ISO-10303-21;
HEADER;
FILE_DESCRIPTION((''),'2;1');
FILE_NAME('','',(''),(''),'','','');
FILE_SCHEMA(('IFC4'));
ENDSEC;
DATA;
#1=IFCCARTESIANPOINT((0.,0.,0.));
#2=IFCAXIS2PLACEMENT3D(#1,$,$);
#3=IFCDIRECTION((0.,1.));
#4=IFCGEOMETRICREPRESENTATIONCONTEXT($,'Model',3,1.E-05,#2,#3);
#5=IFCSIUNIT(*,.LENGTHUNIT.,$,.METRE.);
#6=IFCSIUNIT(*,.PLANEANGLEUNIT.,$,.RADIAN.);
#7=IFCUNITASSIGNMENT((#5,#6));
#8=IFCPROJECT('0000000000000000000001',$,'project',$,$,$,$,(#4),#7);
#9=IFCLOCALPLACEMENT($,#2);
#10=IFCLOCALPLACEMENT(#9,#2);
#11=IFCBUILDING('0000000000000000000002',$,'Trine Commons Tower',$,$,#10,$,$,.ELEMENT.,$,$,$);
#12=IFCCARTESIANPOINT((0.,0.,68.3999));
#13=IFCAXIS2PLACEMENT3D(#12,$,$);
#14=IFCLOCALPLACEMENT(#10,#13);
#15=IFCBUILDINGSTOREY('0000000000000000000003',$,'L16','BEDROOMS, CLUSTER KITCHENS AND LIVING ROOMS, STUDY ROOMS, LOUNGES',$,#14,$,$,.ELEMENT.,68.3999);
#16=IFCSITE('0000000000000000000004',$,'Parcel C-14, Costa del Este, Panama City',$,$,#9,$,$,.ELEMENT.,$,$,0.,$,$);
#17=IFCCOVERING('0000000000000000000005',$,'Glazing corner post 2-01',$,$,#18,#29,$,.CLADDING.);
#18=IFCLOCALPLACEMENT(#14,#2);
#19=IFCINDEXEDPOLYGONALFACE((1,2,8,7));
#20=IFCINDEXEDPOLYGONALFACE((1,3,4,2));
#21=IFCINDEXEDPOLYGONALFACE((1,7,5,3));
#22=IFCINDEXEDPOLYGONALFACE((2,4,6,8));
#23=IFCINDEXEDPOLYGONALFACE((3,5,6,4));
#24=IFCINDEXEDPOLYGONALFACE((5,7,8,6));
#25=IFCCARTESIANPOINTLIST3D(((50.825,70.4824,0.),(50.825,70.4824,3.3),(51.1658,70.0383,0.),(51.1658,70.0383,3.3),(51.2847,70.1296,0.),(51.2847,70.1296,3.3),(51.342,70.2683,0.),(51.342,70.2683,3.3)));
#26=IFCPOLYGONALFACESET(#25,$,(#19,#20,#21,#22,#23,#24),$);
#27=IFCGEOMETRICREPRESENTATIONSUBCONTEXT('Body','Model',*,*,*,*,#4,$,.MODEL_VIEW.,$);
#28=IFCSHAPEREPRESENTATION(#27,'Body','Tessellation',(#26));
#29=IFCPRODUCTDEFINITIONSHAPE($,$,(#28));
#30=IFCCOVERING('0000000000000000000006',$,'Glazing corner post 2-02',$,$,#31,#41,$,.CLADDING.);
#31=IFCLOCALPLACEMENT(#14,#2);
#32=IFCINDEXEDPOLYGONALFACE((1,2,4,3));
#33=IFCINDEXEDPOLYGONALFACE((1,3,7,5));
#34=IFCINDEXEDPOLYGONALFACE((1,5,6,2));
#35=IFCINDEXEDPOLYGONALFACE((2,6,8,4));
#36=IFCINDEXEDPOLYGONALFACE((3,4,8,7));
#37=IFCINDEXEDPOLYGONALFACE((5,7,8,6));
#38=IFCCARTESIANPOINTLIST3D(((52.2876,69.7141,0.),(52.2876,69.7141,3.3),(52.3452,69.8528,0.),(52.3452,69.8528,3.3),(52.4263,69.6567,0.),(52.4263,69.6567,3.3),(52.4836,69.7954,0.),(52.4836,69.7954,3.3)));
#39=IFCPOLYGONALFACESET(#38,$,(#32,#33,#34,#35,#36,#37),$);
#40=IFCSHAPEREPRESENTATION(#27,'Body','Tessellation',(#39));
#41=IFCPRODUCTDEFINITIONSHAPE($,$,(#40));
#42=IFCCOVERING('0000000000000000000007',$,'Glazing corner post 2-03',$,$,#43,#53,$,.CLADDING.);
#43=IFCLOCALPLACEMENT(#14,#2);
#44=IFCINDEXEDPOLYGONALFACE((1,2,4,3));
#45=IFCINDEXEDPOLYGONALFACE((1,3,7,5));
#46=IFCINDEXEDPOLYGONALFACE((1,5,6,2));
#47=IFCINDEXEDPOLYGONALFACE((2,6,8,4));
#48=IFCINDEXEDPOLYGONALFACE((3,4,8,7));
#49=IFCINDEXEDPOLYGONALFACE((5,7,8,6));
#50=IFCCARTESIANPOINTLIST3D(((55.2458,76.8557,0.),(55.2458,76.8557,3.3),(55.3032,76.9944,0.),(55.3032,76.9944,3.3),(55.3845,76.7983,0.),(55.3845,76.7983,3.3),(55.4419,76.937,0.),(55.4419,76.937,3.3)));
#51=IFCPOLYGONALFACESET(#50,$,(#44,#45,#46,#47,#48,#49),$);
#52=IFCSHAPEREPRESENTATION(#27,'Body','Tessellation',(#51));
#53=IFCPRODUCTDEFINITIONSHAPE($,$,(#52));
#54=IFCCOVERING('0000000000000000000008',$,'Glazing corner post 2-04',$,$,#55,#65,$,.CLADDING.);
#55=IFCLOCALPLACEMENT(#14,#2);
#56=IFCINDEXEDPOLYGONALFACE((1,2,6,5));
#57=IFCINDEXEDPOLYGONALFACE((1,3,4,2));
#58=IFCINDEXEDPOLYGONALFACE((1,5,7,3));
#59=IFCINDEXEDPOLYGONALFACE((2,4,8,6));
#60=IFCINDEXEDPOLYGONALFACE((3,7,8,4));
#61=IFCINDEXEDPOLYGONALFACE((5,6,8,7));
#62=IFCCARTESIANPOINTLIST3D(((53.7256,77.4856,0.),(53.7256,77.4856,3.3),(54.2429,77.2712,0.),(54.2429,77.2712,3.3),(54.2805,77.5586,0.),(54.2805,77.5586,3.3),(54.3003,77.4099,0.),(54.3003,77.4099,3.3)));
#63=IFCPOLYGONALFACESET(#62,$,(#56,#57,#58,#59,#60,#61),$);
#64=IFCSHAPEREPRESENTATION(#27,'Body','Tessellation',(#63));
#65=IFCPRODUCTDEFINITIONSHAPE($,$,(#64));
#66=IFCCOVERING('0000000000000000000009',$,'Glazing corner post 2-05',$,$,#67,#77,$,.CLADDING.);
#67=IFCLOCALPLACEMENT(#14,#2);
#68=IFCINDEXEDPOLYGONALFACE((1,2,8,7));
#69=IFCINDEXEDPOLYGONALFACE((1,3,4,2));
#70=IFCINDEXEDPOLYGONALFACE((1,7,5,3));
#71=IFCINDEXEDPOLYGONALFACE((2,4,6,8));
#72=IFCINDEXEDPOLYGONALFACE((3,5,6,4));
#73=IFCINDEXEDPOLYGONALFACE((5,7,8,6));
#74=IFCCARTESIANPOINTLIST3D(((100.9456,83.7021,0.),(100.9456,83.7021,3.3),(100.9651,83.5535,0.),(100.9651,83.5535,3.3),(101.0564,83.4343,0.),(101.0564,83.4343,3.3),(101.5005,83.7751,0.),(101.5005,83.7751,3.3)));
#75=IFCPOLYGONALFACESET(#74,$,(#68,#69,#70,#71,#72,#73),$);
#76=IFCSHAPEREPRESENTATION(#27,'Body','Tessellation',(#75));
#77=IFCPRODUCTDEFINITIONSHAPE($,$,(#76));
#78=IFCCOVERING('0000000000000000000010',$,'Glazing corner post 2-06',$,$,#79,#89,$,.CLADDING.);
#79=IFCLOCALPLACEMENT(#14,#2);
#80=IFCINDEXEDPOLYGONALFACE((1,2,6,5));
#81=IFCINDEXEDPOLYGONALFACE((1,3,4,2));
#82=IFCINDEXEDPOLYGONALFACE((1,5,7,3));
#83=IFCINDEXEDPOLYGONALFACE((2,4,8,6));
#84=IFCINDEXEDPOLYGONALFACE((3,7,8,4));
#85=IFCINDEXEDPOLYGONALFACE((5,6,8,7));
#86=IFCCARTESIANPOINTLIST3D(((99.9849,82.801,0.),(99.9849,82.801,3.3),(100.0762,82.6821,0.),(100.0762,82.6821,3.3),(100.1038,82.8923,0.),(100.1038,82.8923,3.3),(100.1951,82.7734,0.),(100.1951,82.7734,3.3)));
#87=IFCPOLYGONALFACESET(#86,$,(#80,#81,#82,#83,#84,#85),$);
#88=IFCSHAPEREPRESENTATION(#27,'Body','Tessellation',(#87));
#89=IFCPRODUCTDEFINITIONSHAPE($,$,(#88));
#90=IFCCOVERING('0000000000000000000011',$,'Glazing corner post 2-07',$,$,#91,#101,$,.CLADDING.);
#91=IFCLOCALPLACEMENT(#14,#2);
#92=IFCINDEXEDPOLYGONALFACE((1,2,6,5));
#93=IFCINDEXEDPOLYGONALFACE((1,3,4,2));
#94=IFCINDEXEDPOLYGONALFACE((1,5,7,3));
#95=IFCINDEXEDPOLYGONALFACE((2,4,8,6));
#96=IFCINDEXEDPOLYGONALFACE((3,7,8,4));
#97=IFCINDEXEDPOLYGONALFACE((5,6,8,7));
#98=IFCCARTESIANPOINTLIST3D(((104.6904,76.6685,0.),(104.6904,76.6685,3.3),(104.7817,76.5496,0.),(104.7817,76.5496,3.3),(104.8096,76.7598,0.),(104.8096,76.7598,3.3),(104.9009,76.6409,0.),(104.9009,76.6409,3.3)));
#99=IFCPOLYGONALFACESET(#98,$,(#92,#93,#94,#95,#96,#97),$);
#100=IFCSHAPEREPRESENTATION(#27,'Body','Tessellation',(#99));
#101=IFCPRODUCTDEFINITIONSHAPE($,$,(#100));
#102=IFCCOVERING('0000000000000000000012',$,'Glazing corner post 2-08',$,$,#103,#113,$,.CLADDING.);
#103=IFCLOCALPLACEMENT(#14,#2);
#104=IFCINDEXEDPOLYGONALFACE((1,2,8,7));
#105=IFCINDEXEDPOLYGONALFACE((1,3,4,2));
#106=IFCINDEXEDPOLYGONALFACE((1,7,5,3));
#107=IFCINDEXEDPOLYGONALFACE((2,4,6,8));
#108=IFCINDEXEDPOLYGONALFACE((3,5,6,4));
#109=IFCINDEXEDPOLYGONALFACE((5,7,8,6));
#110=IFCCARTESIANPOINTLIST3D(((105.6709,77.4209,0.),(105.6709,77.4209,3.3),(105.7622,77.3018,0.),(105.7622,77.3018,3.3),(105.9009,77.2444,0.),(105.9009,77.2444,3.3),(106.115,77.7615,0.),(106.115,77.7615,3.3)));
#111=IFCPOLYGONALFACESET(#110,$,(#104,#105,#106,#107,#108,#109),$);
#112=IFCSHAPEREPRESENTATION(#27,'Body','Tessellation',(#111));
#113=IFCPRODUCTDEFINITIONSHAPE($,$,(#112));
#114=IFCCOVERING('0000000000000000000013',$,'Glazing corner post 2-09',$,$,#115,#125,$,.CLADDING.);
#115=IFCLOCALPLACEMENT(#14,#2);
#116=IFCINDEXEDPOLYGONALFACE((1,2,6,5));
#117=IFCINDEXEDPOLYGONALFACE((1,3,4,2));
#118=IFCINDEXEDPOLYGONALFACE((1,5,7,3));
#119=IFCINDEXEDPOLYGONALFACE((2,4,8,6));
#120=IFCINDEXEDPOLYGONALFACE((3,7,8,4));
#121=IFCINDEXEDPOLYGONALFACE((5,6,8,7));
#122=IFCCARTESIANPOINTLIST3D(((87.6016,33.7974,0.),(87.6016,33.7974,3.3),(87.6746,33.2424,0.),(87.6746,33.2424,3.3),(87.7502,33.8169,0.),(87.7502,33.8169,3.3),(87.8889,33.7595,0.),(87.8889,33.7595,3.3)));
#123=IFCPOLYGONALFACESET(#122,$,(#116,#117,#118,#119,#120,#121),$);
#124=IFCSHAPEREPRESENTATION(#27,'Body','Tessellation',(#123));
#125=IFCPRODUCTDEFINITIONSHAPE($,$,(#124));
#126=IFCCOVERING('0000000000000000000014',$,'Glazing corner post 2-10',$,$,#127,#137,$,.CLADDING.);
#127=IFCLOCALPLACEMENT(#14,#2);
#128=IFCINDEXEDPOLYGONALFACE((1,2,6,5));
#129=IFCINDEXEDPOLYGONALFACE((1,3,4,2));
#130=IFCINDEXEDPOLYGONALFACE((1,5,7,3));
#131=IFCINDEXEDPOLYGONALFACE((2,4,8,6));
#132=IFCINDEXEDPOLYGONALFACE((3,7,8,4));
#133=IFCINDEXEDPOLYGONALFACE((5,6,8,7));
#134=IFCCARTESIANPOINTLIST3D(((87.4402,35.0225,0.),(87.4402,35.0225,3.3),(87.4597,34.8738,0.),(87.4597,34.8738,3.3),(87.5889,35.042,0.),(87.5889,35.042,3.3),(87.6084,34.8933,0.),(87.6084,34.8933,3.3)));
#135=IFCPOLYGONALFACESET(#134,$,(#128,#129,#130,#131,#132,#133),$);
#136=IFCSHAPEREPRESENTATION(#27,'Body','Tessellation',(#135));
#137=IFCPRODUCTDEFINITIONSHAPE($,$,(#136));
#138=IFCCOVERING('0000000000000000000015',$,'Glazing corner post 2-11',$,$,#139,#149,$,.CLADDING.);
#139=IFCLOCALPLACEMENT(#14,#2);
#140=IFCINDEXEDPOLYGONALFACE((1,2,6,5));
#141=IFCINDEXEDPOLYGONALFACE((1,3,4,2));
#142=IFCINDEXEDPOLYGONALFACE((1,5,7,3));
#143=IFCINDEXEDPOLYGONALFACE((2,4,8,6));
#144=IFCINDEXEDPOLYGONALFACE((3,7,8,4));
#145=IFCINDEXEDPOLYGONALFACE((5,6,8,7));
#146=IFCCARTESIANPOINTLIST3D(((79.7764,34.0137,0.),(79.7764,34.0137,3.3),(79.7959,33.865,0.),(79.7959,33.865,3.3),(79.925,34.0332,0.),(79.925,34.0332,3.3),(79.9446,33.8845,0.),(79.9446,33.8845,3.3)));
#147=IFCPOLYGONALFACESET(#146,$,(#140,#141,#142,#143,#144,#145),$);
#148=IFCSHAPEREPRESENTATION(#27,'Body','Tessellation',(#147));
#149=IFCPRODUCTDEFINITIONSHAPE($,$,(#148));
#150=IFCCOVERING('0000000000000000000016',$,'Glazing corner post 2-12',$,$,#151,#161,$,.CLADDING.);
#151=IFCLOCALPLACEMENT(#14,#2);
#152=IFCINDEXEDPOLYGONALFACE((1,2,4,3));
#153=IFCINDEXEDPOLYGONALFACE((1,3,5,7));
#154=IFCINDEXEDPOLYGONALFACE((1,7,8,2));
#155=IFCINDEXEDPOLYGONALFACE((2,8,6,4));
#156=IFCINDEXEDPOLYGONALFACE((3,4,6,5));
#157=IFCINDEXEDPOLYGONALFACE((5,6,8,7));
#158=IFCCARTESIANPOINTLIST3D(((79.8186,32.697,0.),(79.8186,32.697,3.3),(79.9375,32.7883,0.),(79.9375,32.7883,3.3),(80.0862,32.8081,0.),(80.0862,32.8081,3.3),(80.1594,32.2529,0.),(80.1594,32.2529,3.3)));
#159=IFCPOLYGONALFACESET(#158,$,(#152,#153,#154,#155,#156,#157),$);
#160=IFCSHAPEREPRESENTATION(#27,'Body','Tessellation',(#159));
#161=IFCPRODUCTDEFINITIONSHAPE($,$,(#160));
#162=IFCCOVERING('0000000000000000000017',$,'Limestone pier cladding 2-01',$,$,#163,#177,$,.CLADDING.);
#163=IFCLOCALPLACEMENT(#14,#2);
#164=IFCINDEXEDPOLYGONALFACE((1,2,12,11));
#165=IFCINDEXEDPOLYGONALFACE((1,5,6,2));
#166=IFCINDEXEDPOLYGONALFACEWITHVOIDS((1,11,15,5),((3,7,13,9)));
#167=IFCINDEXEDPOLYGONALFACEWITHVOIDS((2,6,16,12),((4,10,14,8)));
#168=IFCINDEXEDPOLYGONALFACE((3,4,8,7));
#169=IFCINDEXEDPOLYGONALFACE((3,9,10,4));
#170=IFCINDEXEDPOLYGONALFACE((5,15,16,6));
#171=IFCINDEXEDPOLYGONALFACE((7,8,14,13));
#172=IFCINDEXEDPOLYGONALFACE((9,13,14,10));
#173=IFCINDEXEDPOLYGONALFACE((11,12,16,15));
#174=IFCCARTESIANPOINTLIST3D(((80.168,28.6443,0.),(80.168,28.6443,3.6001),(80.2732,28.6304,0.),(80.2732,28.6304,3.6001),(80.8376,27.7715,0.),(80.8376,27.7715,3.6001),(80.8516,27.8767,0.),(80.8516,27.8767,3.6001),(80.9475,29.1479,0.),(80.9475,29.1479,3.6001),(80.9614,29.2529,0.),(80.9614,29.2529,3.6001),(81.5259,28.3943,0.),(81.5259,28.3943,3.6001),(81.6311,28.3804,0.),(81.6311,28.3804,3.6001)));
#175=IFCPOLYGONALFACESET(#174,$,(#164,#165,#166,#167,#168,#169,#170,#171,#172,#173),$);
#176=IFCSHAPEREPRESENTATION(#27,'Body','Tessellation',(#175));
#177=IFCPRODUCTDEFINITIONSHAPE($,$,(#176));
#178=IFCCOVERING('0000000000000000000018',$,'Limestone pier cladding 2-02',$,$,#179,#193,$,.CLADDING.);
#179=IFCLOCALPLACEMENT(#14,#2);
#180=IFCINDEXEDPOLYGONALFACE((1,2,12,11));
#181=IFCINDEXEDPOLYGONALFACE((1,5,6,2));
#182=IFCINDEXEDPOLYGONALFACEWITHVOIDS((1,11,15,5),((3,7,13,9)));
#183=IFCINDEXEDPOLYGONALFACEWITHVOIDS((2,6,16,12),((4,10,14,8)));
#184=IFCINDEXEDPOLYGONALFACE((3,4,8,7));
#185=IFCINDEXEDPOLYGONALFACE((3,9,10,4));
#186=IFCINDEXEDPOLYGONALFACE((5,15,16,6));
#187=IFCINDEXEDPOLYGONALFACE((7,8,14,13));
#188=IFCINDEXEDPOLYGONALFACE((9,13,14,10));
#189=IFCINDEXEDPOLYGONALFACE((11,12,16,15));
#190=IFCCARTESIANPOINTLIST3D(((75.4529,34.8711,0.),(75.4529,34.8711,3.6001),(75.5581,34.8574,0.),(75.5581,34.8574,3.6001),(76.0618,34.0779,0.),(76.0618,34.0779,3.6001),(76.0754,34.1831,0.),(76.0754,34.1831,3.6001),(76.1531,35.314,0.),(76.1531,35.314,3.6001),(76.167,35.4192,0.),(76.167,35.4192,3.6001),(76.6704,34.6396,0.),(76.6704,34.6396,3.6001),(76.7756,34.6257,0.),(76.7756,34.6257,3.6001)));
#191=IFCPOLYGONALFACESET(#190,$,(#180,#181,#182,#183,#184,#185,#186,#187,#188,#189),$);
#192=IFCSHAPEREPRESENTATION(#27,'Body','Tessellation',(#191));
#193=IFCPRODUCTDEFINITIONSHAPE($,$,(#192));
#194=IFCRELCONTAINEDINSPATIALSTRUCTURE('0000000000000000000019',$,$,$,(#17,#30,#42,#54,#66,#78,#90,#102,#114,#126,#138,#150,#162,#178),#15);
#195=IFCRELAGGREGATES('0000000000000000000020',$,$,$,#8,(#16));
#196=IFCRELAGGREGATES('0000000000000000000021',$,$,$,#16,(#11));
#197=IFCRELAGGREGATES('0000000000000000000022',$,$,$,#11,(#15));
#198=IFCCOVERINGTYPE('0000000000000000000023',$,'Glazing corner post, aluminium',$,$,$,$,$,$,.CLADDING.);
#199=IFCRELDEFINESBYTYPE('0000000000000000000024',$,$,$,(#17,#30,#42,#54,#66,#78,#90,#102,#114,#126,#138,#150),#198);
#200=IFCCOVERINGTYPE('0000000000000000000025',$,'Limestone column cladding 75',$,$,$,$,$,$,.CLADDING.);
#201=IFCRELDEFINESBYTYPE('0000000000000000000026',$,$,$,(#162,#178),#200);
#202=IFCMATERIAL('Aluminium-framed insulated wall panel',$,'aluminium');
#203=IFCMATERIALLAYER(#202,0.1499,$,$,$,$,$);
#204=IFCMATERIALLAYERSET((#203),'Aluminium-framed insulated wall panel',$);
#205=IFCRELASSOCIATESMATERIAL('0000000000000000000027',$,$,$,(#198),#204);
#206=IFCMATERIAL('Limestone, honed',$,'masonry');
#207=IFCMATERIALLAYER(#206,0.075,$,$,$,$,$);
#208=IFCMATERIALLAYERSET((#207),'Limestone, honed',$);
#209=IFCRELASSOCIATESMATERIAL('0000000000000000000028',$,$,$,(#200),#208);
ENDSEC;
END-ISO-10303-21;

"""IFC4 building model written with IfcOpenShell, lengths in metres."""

from ifc_helpers import new_model, si_unit, direction, frame, origin, place, context, subcontext, project, spatial, polyline, outline, extrude, material, layer, layer_set, type_object, element, save


model = new_model("IFC4")

# Units and contexts
model_context = context("Model", 3, precision=1e-05, world=origin(), true_north=direction((0.0, 1.0)))
body_context = subcontext(model_context, "Body", "Model", "MODEL_VIEW")
ifc_project = project(units=[si_unit("LENGTHUNIT", "METRE"), si_unit("PLANEANGLEUNIT", "RADIAN")], contexts=[model_context])

# Site, building, storey
site_placement = place(None, origin())
site = spatial("IfcSite", under=ifc_project, at=site_placement, Name="Parcel C-14, Costa del Este, Panama City", CompositionType="ELEMENT", RefElevation=0.0)
building_placement = place(site_placement, origin())
building = spatial("IfcBuilding", under=site, at=building_placement, Name="Trine Commons Tower", CompositionType="ELEMENT")
storey_placement = place(building_placement, frame((0.0, 0.0, 68.3999)))
storey = spatial("IfcBuildingStorey", under=building, at=storey_placement, Name="L16", Description="BEDROOMS, CLUSTER KITCHENS AND LIVING ROOMS, STUDY ROOMS, LOUNGES", CompositionType="ELEMENT", Elevation=68.3999)

# Coverings
ifc_material_1 = material(Name="Aluminium-framed insulated wall panel", Category="aluminium")
ifc_layer_1 = layer(ifc_material_1, 0.1499)
ifc_layer_set_1 = layer_set([ifc_layer_1], Name="Aluminium-framed insulated wall panel")
covering_type_1 = type_object("IfcCoveringType", Name="Glazing corner post, aluminium", PredefinedType="CLADDING", material=ifc_layer_set_1)
covering_1_placement = place(storey_placement, origin())
element("IfcCovering", 1, at=covering_1_placement, inside=storey, type_object=covering_type_1, Name="Glazing corner post 2-01", PredefinedType="CLADDING", context=body_context, shape_type="SweptSolid", body=[
    extrude(outline(polyline([(51.1658, 70.0383), (51.2847, 70.1296), (51.342, 70.2683), (50.825, 70.4824), (51.1658, 70.0383)])), origin(), (0.0, 0.0, 1.0), 3.3),
])
covering_2_placement = place(storey_placement, origin())
element("IfcCovering", 2, at=covering_2_placement, inside=storey, type_object=covering_type_1, Name="Glazing corner post 2-02", PredefinedType="CLADDING", context=body_context, shape_type="SweptSolid", body=[
    extrude(outline(polyline([(52.2876, 69.7141), (52.4263, 69.6567), (52.4836, 69.7954), (52.3452, 69.8528), (52.2876, 69.7141)])), origin(), (0.0, 0.0, 1.0), 3.3),
])
covering_3_placement = place(storey_placement, origin())
element("IfcCovering", 3, at=covering_3_placement, inside=storey, type_object=covering_type_1, Name="Glazing corner post 2-03", PredefinedType="CLADDING", context=body_context, shape_type="SweptSolid", body=[
    extrude(outline(polyline([(55.3845, 76.7983), (55.4419, 76.937), (55.3032, 76.9944), (55.2458, 76.8557), (55.3845, 76.7983)])), origin(), (0.0, 0.0, 1.0), 3.3),
])
covering_4_placement = place(storey_placement, origin())
element("IfcCovering", 4, at=covering_4_placement, inside=storey, type_object=covering_type_1, Name="Glazing corner post 2-04", PredefinedType="CLADDING", context=body_context, shape_type="SweptSolid", body=[
    extrude(outline(polyline([(54.2429, 77.2712), (54.3003, 77.4099), (54.2805, 77.5586), (53.7256, 77.4856), (54.2429, 77.2712)])), origin(), (0.0, 0.0, 1.0), 3.3),
])
covering_5_placement = place(storey_placement, origin())
element("IfcCovering", 5, at=covering_5_placement, inside=storey, type_object=covering_type_1, Name="Glazing corner post 2-05", PredefinedType="CLADDING", context=body_context, shape_type="SweptSolid", body=[
    extrude(outline(polyline([(101.0564, 83.4343), (101.5005, 83.7751), (100.9456, 83.7021), (100.9651, 83.5535), (101.0564, 83.4343)])), origin(), (0.0, 0.0, 1.0), 3.3),
])
covering_6_placement = place(storey_placement, origin())
element("IfcCovering", 6, at=covering_6_placement, inside=storey, type_object=covering_type_1, Name="Glazing corner post 2-06", PredefinedType="CLADDING", context=body_context, shape_type="SweptSolid", body=[
    extrude(outline(polyline([(100.0762, 82.6821), (100.1951, 82.7734), (100.1038, 82.8923), (99.9849, 82.801), (100.0762, 82.6821)])), origin(), (0.0, 0.0, 1.0), 3.3),
])
covering_7_placement = place(storey_placement, origin())
element("IfcCovering", 7, at=covering_7_placement, inside=storey, type_object=covering_type_1, Name="Glazing corner post 2-07", PredefinedType="CLADDING", context=body_context, shape_type="SweptSolid", body=[
    extrude(outline(polyline([(104.6904, 76.6685), (104.7817, 76.5496), (104.9009, 76.6409), (104.8096, 76.7598), (104.6904, 76.6685)])), origin(), (0.0, 0.0, 1.0), 3.3),
])
covering_8_placement = place(storey_placement, origin())
element("IfcCovering", 8, at=covering_8_placement, inside=storey, type_object=covering_type_1, Name="Glazing corner post 2-08", PredefinedType="CLADDING", context=body_context, shape_type="SweptSolid", body=[
    extrude(outline(polyline([(105.9009, 77.2444), (106.115, 77.7615), (105.6709, 77.4209), (105.7622, 77.3018), (105.9009, 77.2444)])), origin(), (0.0, 0.0, 1.0), 3.3),
])
covering_9_placement = place(storey_placement, origin())
element("IfcCovering", 9, at=covering_9_placement, inside=storey, type_object=covering_type_1, Name="Glazing corner post 2-09", PredefinedType="CLADDING", context=body_context, shape_type="SweptSolid", body=[
    extrude(outline(polyline([(87.6016, 33.7974), (87.6746, 33.2424), (87.8889, 33.7595), (87.7502, 33.8169), (87.6016, 33.7974)])), origin(), (0.0, 0.0, 1.0), 3.3),
])
covering_10_placement = place(storey_placement, origin())
element("IfcCovering", 10, at=covering_10_placement, inside=storey, type_object=covering_type_1, Name="Glazing corner post 2-10", PredefinedType="CLADDING", context=body_context, shape_type="SweptSolid", body=[
    extrude(outline(polyline([(87.4402, 35.0225), (87.4597, 34.8738), (87.6084, 34.8933), (87.5889, 35.042), (87.4402, 35.0225)])), origin(), (0.0, 0.0, 1.0), 3.3),
])
covering_11_placement = place(storey_placement, origin())
element("IfcCovering", 11, at=covering_11_placement, inside=storey, type_object=covering_type_1, Name="Glazing corner post 2-11", PredefinedType="CLADDING", context=body_context, shape_type="SweptSolid", body=[
    extrude(outline(polyline([(79.7959, 33.865), (79.9446, 33.8845), (79.925, 34.0332), (79.7764, 34.0137), (79.7959, 33.865)])), origin(), (0.0, 0.0, 1.0), 3.3),
])
covering_12_placement = place(storey_placement, origin())
element("IfcCovering", 12, at=covering_12_placement, inside=storey, type_object=covering_type_1, Name="Glazing corner post 2-12", PredefinedType="CLADDING", context=body_context, shape_type="SweptSolid", body=[
    extrude(outline(polyline([(79.8186, 32.697), (80.1594, 32.2529), (80.0862, 32.8081), (79.9375, 32.7883), (79.8186, 32.697)])), origin(), (0.0, 0.0, 1.0), 3.3),
])
ifc_material_2 = material(Name="Limestone, honed", Category="masonry")
ifc_layer_2 = layer(ifc_material_2, 0.075)
ifc_layer_set_2 = layer_set([ifc_layer_2], Name="Limestone, honed")
covering_type_2 = type_object("IfcCoveringType", Name="Limestone column cladding 75", PredefinedType="CLADDING", material=ifc_layer_set_2)
covering_13_placement = place(storey_placement, origin())
element("IfcCovering", 13, at=covering_13_placement, inside=storey, type_object=covering_type_2, Name="Limestone pier cladding 2-01", PredefinedType="CLADDING", context=body_context, shape_type="SweptSolid", body=[
    extrude(outline(polyline([(80.9614, 29.2529), (80.168, 28.6443), (80.8376, 27.7715), (81.6311, 28.3804), (80.9614, 29.2529)]), holes=[polyline([(80.9475, 29.1479), (80.2732, 28.6304), (80.8516, 27.8767), (81.5259, 28.3943), (80.9475, 29.1479)])]), origin(), (0.0, 0.0, 1.0), 3.6001),
])
covering_14_placement = place(storey_placement, origin())
element("IfcCovering", 14, at=covering_14_placement, inside=storey, type_object=covering_type_2, Name="Limestone pier cladding 2-02", PredefinedType="CLADDING", context=body_context, shape_type="SweptSolid", body=[
    extrude(outline(polyline([(76.167, 35.4192), (75.4529, 34.8711), (76.0618, 34.0779), (76.7756, 34.6257), (76.167, 35.4192)]), holes=[polyline([(76.1531, 35.314), (75.5581, 34.8574), (76.0754, 34.1831), (76.6704, 34.6396), (76.1531, 35.314)])]), origin(), (0.0, 0.0, 1.0), 3.6001),
])

save(model, "model.ifc")
